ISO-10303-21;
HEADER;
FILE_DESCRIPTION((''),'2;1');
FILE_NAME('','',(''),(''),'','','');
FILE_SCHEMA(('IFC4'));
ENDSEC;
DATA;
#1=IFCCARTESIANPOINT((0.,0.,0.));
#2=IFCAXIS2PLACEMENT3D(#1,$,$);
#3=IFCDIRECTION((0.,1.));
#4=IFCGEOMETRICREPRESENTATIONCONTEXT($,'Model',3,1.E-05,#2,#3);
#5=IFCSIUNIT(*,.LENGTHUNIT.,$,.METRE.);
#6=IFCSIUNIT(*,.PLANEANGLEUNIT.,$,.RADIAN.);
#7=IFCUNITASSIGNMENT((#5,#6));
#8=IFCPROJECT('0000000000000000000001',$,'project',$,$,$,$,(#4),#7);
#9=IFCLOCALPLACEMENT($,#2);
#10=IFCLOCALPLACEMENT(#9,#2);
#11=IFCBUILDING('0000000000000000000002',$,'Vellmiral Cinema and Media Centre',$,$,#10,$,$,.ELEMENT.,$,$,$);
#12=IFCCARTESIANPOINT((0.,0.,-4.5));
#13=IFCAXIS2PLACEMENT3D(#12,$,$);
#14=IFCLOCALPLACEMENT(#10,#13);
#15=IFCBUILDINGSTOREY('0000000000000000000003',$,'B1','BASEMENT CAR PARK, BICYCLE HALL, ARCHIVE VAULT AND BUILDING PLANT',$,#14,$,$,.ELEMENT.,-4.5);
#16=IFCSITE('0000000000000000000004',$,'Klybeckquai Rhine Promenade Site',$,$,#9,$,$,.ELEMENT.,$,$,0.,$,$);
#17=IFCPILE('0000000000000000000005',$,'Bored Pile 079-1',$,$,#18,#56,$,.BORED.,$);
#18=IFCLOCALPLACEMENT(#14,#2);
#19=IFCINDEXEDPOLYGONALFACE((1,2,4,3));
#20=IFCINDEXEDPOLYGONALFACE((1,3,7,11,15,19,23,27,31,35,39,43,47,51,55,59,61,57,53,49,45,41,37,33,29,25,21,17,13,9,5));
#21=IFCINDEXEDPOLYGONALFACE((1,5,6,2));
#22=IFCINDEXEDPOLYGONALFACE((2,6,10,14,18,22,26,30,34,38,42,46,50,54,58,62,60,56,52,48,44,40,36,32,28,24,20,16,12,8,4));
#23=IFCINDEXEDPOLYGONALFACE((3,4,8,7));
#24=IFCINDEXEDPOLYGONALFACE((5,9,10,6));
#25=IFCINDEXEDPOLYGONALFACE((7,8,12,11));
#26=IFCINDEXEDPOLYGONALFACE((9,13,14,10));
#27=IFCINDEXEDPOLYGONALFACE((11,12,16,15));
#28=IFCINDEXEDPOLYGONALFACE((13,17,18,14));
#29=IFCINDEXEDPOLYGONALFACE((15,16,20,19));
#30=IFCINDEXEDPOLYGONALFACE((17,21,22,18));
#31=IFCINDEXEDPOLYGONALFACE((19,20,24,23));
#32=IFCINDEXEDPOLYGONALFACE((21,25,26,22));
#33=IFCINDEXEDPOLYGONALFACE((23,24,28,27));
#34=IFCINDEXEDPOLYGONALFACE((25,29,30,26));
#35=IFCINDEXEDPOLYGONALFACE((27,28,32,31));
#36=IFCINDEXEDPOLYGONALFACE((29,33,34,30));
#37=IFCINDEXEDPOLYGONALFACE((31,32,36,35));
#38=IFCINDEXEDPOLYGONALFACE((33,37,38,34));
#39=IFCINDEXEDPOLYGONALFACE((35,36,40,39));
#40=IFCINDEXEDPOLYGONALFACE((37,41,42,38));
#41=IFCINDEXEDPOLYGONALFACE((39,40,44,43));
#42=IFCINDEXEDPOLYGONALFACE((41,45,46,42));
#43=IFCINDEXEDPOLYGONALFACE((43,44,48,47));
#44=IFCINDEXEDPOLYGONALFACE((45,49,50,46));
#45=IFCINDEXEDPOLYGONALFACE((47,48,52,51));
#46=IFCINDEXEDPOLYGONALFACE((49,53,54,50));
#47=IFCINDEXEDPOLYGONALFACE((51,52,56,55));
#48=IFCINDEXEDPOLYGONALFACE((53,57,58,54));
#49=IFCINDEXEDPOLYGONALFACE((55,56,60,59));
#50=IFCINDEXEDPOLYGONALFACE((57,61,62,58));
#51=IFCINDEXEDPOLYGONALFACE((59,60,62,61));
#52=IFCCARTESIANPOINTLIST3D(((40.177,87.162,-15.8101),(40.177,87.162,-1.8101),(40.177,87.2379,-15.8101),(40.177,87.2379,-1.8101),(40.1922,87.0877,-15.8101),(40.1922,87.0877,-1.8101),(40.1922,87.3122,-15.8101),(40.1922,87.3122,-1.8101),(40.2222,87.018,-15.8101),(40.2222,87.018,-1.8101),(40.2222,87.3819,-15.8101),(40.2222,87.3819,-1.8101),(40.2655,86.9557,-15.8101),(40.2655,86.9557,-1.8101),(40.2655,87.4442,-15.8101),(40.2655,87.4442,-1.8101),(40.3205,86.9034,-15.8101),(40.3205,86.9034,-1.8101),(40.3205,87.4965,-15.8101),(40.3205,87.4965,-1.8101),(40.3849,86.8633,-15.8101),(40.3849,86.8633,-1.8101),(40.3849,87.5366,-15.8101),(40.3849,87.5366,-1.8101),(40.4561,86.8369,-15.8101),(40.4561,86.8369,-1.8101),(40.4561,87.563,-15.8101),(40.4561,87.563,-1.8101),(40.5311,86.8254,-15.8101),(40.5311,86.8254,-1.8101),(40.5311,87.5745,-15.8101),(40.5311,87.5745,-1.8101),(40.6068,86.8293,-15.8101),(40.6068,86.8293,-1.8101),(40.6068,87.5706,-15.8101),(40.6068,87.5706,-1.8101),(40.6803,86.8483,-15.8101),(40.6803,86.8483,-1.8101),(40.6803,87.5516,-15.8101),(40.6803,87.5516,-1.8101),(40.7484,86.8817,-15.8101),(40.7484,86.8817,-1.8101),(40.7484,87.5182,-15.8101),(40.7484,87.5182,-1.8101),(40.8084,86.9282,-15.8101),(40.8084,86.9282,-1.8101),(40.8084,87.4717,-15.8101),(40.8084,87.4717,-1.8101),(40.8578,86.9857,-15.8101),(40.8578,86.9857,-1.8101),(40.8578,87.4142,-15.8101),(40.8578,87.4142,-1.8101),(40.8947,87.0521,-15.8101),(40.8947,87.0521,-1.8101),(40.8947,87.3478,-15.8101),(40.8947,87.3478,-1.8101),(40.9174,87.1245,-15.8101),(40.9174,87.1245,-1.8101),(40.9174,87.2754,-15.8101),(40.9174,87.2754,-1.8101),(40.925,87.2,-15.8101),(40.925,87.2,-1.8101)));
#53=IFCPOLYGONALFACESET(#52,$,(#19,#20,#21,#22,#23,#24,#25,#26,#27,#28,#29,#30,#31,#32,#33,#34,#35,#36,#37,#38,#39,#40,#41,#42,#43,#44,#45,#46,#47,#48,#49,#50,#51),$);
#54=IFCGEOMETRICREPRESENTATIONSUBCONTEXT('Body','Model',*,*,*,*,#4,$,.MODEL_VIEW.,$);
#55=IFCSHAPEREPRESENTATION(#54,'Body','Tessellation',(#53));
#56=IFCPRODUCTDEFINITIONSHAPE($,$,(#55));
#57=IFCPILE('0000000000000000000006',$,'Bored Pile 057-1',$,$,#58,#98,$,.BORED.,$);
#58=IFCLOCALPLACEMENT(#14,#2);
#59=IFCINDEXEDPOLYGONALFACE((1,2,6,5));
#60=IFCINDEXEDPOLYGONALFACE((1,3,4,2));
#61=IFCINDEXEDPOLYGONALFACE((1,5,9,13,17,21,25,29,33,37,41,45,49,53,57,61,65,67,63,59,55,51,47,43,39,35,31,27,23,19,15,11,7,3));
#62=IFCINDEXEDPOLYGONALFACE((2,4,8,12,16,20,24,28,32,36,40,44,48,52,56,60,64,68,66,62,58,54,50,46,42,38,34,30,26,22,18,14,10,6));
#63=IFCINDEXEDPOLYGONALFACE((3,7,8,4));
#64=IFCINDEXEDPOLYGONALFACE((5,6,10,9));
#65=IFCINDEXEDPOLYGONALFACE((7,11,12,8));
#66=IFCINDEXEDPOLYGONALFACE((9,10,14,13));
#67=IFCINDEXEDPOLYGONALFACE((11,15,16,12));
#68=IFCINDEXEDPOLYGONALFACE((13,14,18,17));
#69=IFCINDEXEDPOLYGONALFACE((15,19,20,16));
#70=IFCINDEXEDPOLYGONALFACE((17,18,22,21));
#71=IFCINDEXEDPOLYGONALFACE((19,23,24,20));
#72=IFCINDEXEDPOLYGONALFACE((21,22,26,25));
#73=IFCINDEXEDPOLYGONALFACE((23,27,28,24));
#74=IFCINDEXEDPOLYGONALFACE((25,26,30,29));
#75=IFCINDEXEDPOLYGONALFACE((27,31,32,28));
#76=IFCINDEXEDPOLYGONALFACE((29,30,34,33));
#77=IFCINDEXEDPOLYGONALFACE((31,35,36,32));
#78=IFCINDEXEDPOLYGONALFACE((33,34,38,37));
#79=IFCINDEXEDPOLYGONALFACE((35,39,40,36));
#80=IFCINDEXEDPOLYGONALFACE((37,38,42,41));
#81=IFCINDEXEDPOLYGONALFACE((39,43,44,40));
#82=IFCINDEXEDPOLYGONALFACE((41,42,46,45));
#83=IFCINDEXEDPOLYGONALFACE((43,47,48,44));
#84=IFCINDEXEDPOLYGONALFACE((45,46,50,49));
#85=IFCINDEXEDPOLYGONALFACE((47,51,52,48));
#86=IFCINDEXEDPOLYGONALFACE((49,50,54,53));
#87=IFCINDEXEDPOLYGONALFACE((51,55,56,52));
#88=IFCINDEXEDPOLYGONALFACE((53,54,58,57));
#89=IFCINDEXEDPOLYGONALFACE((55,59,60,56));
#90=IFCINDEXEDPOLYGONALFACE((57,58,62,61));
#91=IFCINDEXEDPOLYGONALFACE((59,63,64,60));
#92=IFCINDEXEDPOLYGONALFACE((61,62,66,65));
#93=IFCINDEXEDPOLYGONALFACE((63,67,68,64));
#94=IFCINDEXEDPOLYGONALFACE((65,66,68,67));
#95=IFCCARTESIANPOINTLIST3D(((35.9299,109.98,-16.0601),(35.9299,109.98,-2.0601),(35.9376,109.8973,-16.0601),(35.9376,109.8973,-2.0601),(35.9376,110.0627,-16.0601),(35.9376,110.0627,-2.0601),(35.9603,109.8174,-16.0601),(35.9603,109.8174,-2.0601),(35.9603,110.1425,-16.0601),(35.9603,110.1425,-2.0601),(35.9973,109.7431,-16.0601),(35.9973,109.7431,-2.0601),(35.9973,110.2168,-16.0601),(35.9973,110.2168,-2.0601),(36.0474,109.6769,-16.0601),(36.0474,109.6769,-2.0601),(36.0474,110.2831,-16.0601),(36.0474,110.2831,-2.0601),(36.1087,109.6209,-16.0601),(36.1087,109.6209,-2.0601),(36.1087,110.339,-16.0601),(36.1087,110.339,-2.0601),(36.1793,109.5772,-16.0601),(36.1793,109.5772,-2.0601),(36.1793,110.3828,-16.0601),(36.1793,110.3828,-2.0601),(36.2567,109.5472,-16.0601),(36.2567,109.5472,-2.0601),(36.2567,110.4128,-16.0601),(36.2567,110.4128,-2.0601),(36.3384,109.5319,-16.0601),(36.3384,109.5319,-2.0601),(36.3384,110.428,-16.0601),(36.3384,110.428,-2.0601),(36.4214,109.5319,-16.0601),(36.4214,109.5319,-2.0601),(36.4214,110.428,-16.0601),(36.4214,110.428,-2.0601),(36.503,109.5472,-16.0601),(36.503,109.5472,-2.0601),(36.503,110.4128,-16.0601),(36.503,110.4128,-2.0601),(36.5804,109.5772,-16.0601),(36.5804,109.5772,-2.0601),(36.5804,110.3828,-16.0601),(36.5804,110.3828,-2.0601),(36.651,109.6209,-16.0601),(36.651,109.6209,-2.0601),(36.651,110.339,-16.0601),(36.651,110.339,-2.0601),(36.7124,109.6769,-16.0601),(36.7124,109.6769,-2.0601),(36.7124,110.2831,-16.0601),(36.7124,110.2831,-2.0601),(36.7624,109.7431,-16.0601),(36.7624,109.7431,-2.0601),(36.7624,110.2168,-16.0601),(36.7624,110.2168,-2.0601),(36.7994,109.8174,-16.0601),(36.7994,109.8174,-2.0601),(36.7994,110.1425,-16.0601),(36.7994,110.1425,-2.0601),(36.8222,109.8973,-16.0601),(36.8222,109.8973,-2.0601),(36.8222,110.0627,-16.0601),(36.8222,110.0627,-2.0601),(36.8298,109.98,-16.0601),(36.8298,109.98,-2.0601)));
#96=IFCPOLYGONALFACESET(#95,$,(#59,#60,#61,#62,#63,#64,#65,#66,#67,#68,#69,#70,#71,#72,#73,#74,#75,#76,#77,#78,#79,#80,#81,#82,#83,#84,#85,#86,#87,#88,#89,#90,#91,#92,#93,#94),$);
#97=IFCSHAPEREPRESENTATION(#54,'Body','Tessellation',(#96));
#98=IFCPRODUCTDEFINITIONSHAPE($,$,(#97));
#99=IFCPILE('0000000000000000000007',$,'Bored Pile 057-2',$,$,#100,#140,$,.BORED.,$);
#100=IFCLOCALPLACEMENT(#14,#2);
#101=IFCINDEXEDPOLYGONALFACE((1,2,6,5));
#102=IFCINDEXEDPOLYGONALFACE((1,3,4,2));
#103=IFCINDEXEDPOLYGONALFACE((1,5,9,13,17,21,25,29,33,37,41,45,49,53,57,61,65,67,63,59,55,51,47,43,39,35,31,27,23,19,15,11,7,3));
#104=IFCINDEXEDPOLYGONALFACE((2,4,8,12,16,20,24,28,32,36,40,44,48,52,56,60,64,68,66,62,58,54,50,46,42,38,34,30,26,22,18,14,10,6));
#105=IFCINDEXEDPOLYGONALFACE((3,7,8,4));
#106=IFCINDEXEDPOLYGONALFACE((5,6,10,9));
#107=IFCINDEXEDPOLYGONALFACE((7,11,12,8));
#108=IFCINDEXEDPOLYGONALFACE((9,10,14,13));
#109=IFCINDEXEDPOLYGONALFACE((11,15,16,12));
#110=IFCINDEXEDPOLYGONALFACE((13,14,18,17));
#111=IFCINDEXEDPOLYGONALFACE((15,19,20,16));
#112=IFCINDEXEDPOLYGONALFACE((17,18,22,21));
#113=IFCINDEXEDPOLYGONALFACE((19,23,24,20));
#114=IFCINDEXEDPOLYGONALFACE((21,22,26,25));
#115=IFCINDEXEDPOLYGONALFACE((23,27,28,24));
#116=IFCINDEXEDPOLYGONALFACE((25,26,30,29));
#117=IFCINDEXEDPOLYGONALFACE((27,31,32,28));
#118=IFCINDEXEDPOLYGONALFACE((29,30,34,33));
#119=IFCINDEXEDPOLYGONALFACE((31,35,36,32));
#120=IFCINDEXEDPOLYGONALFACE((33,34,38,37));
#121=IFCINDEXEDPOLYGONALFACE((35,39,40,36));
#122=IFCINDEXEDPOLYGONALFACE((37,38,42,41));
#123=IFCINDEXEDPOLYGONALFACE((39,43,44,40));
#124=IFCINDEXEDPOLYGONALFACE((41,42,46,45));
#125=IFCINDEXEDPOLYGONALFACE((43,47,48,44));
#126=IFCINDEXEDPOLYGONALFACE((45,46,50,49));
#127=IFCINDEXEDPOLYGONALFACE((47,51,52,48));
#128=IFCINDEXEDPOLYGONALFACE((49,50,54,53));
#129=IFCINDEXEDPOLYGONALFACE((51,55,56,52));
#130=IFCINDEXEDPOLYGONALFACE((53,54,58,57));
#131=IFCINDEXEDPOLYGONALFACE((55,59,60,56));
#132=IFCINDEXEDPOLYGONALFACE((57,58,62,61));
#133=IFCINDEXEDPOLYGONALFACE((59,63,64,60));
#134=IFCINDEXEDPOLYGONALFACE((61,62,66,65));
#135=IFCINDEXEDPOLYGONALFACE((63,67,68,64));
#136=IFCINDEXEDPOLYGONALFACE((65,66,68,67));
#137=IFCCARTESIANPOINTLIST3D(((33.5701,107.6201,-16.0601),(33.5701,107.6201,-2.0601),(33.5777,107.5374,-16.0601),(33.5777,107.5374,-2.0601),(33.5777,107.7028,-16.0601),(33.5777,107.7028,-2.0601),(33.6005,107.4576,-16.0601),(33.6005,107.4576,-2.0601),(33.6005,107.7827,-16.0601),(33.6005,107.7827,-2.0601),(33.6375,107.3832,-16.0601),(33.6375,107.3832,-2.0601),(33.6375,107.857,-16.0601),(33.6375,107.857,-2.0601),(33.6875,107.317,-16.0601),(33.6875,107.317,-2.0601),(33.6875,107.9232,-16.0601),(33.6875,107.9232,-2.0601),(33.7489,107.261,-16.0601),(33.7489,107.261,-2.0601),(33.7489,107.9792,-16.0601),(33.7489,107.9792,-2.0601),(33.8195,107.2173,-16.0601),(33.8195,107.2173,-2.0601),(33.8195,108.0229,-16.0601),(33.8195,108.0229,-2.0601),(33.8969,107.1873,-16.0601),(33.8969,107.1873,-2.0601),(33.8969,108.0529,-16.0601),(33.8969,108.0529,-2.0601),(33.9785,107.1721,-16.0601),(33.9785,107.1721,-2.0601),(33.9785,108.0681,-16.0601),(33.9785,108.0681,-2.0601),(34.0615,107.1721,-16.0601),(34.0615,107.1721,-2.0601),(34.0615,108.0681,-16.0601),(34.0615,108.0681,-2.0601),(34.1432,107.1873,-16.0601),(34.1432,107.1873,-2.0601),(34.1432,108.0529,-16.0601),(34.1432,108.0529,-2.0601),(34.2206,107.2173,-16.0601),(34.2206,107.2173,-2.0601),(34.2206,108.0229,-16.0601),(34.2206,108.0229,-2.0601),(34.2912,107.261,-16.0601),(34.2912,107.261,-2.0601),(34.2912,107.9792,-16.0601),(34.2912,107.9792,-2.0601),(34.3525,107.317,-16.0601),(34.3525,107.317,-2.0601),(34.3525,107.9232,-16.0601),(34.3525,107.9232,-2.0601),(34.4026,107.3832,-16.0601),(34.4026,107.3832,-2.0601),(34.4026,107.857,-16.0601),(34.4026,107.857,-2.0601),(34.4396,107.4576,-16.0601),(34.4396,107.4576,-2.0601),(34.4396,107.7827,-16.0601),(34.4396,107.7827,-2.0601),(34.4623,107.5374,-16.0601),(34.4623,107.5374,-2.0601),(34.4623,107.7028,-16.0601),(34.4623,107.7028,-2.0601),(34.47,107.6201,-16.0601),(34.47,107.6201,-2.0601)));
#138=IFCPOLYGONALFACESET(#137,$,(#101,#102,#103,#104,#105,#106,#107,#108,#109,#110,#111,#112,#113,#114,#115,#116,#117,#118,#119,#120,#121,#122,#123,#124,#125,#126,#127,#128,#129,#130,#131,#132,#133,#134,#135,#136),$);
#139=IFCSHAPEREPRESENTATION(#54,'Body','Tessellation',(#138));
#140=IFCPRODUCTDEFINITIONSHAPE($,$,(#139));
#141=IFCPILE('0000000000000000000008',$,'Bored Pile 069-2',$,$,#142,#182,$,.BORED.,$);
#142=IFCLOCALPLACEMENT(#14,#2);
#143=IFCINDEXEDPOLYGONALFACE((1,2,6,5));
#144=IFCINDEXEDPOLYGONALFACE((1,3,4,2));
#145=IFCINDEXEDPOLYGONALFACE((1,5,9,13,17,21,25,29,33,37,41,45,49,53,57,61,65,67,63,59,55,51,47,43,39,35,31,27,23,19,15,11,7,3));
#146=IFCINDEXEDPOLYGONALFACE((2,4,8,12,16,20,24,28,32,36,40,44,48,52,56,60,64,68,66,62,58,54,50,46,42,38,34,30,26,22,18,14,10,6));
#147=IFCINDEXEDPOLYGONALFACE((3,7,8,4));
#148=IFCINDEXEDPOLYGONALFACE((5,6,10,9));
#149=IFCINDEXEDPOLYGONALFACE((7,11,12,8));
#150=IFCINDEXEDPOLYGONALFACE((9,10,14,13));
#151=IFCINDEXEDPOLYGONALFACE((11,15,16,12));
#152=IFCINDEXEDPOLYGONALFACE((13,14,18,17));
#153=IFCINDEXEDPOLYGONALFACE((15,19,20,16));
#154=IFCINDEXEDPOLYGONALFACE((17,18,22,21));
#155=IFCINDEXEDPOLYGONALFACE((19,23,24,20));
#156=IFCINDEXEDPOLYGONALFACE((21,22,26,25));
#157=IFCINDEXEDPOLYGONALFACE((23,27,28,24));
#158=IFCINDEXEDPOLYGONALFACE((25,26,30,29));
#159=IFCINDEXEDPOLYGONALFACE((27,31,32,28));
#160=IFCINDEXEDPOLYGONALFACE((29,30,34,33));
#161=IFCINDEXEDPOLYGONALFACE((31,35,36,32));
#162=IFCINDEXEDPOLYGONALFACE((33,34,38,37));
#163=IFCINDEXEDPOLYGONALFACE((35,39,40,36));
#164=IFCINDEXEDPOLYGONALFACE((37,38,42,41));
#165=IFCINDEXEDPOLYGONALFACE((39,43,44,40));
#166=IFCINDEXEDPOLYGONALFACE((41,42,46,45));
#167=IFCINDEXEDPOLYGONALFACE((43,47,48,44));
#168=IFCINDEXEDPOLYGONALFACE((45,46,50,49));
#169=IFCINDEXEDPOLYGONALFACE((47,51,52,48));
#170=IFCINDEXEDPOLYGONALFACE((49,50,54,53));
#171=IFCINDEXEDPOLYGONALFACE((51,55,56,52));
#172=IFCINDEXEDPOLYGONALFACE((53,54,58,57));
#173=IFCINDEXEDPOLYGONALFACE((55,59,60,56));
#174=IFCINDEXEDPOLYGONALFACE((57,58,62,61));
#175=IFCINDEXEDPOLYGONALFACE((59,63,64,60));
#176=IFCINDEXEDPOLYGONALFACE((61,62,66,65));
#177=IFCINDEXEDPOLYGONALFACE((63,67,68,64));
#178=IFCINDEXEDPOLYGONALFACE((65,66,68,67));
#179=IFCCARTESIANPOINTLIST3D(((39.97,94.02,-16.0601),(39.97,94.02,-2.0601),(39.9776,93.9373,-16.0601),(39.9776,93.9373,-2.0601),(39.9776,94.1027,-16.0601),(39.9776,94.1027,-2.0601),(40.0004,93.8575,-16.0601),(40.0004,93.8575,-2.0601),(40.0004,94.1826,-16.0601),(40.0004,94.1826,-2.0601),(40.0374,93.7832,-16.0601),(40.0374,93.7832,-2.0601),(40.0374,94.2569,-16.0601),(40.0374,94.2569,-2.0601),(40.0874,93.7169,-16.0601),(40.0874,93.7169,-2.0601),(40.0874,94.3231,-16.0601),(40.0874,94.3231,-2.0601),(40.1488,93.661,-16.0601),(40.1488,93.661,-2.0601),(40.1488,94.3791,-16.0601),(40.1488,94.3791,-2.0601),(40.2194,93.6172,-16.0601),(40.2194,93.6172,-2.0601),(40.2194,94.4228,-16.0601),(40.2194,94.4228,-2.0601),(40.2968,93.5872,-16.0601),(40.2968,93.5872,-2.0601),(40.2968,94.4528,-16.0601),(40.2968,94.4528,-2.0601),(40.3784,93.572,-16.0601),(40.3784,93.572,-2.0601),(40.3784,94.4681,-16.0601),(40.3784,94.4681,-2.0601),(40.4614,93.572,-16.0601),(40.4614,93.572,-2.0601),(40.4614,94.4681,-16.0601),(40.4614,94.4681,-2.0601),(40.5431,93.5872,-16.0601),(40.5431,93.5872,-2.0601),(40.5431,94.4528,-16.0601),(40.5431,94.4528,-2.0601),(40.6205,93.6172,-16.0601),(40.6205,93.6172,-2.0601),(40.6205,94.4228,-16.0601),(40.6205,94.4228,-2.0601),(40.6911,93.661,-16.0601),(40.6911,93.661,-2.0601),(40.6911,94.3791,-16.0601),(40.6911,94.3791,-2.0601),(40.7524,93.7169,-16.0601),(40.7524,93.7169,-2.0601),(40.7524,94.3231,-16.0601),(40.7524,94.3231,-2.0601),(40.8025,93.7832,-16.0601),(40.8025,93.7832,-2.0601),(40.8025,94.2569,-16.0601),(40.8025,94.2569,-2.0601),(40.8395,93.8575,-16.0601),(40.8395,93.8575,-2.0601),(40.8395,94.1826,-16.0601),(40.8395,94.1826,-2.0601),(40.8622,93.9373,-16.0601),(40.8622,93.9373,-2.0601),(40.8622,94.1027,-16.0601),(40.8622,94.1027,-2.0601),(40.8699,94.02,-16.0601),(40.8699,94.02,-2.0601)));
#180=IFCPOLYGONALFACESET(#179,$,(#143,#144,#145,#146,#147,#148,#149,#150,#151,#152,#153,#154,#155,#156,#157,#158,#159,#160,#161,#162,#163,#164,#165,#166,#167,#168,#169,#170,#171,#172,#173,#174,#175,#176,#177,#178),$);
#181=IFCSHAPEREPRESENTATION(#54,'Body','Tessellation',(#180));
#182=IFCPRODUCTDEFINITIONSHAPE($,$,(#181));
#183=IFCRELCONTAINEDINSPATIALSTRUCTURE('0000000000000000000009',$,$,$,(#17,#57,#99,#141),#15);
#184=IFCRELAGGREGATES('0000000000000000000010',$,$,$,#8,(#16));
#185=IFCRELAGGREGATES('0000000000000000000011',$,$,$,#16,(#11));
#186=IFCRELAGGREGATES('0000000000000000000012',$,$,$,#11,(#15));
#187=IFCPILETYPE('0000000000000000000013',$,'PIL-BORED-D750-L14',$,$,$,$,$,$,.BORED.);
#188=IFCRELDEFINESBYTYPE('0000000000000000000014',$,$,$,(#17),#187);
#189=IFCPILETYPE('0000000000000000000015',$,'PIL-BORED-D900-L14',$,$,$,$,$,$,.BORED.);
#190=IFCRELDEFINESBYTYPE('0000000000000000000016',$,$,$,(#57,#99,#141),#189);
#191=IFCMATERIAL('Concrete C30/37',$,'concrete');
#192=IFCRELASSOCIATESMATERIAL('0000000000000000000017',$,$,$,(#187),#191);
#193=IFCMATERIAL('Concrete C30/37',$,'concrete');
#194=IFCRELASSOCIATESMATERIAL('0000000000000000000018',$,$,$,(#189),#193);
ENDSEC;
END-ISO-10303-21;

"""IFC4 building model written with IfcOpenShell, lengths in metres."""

from ifc_helpers import new_model, si_unit, direction, frame, origin, origin_2d, place, context, subcontext, project, spatial, circle, extrude, material, material_profile, profile_set, type_object, element, save


model = new_model("IFC4")

# Units and contexts
model_context = context("Model", 3, precision=1e-05, world=origin(), true_north=direction((0.0, 1.0)))
body_context = subcontext(model_context, "Body", "Model", "MODEL_VIEW")
ifc_project = project(units=[si_unit("LENGTHUNIT", "METRE"), si_unit("PLANEANGLEUNIT", "RADIAN")], contexts=[model_context])

# Site, building, storey
site_placement = place(None, origin())
site = spatial("IfcSite", under=ifc_project, at=site_placement, Name="Klybeckquai Rhine Promenade Site", CompositionType="ELEMENT", RefElevation=0.0)
building_placement = place(site_placement, origin())
building = spatial("IfcBuilding", under=site, at=building_placement, Name="Vellmiral Cinema and Media Centre", CompositionType="ELEMENT")
storey_placement = place(building_placement, frame((0.0, 0.0, -4.5)))
storey = spatial("IfcBuildingStorey", under=building, at=storey_placement, Name="B1", Description="BASEMENT CAR PARK, BICYCLE HALL, ARCHIVE VAULT AND BUILDING PLANT", CompositionType="ELEMENT", Elevation=-4.5)

# Piles
ifc_material_1 = material(Name="Concrete C30/37", Category="concrete")
ifc_material_profile_1 = material_profile(ifc_material_1, circle(Radius=0.375, at=origin_2d()), Name="PILE D750")
ifc_profile_set_1 = profile_set([ifc_material_profile_1], Name="Concrete C30/37")
pile_type_1 = type_object("IfcPileType", Name="PIL-BORED-D750-L14", PredefinedType="BORED", material=ifc_profile_set_1)
for number, where, z_axis, x_axis, name in (
    (1, (40.55, 87.2, -1.8101), (0.0, 0.0, -1.0), (1.0, 0.0, 0.0), "Bored Pile 079-1"),
):
    element("IfcPile", number, at=place(storey_placement, frame(where, z_axis=z_axis, x_axis=x_axis)), inside=storey, type_object=pile_type_1, Name=name, PredefinedType="BORED", context=body_context, shape_type="SweptSolid", body=[
        extrude(circle(Radius=0.375, at=origin_2d()), origin(), (0.0, 0.0, 1.0), 14.0),
    ])
ifc_material_2 = material(Name="Concrete C30/37", Category="concrete")
ifc_material_profile_2 = material_profile(ifc_material_2, circle(Radius=0.45, at=origin_2d()), Name="PILE D900")
ifc_profile_set_2 = profile_set([ifc_material_profile_2], Name="Concrete C30/37")
pile_type_2 = type_object("IfcPileType", Name="PIL-BORED-D900-L14", PredefinedType="BORED", material=ifc_profile_set_2)
for number, where, z_axis, x_axis, name in (
    (2, (36.3799, 109.98, -2.0601), (0.0, 0.0, -1.0), (1.0, 0.0, 0.0), "Bored Pile 057-1"),
    (3, (34.02, 107.6201, -2.0601), (0.0, 0.0, -1.0), (1.0, 0.0, 0.0), "Bored Pile 057-2"),
    (4, (40.4199, 94.02, -2.0601), (0.0, 0.0, -1.0), (1.0, 0.0, 0.0), "Bored Pile 069-2"),
):
    element("IfcPile", number, at=place(storey_placement, frame(where, z_axis=z_axis, x_axis=x_axis)), inside=storey, type_object=pile_type_2, Name=name, PredefinedType="BORED", context=body_context, shape_type="SweptSolid", body=[
        extrude(circle(Radius=0.45, at=origin_2d()), origin(), (0.0, 0.0, 1.0), 14.0),
    ])

save(model, "model.ifc")
